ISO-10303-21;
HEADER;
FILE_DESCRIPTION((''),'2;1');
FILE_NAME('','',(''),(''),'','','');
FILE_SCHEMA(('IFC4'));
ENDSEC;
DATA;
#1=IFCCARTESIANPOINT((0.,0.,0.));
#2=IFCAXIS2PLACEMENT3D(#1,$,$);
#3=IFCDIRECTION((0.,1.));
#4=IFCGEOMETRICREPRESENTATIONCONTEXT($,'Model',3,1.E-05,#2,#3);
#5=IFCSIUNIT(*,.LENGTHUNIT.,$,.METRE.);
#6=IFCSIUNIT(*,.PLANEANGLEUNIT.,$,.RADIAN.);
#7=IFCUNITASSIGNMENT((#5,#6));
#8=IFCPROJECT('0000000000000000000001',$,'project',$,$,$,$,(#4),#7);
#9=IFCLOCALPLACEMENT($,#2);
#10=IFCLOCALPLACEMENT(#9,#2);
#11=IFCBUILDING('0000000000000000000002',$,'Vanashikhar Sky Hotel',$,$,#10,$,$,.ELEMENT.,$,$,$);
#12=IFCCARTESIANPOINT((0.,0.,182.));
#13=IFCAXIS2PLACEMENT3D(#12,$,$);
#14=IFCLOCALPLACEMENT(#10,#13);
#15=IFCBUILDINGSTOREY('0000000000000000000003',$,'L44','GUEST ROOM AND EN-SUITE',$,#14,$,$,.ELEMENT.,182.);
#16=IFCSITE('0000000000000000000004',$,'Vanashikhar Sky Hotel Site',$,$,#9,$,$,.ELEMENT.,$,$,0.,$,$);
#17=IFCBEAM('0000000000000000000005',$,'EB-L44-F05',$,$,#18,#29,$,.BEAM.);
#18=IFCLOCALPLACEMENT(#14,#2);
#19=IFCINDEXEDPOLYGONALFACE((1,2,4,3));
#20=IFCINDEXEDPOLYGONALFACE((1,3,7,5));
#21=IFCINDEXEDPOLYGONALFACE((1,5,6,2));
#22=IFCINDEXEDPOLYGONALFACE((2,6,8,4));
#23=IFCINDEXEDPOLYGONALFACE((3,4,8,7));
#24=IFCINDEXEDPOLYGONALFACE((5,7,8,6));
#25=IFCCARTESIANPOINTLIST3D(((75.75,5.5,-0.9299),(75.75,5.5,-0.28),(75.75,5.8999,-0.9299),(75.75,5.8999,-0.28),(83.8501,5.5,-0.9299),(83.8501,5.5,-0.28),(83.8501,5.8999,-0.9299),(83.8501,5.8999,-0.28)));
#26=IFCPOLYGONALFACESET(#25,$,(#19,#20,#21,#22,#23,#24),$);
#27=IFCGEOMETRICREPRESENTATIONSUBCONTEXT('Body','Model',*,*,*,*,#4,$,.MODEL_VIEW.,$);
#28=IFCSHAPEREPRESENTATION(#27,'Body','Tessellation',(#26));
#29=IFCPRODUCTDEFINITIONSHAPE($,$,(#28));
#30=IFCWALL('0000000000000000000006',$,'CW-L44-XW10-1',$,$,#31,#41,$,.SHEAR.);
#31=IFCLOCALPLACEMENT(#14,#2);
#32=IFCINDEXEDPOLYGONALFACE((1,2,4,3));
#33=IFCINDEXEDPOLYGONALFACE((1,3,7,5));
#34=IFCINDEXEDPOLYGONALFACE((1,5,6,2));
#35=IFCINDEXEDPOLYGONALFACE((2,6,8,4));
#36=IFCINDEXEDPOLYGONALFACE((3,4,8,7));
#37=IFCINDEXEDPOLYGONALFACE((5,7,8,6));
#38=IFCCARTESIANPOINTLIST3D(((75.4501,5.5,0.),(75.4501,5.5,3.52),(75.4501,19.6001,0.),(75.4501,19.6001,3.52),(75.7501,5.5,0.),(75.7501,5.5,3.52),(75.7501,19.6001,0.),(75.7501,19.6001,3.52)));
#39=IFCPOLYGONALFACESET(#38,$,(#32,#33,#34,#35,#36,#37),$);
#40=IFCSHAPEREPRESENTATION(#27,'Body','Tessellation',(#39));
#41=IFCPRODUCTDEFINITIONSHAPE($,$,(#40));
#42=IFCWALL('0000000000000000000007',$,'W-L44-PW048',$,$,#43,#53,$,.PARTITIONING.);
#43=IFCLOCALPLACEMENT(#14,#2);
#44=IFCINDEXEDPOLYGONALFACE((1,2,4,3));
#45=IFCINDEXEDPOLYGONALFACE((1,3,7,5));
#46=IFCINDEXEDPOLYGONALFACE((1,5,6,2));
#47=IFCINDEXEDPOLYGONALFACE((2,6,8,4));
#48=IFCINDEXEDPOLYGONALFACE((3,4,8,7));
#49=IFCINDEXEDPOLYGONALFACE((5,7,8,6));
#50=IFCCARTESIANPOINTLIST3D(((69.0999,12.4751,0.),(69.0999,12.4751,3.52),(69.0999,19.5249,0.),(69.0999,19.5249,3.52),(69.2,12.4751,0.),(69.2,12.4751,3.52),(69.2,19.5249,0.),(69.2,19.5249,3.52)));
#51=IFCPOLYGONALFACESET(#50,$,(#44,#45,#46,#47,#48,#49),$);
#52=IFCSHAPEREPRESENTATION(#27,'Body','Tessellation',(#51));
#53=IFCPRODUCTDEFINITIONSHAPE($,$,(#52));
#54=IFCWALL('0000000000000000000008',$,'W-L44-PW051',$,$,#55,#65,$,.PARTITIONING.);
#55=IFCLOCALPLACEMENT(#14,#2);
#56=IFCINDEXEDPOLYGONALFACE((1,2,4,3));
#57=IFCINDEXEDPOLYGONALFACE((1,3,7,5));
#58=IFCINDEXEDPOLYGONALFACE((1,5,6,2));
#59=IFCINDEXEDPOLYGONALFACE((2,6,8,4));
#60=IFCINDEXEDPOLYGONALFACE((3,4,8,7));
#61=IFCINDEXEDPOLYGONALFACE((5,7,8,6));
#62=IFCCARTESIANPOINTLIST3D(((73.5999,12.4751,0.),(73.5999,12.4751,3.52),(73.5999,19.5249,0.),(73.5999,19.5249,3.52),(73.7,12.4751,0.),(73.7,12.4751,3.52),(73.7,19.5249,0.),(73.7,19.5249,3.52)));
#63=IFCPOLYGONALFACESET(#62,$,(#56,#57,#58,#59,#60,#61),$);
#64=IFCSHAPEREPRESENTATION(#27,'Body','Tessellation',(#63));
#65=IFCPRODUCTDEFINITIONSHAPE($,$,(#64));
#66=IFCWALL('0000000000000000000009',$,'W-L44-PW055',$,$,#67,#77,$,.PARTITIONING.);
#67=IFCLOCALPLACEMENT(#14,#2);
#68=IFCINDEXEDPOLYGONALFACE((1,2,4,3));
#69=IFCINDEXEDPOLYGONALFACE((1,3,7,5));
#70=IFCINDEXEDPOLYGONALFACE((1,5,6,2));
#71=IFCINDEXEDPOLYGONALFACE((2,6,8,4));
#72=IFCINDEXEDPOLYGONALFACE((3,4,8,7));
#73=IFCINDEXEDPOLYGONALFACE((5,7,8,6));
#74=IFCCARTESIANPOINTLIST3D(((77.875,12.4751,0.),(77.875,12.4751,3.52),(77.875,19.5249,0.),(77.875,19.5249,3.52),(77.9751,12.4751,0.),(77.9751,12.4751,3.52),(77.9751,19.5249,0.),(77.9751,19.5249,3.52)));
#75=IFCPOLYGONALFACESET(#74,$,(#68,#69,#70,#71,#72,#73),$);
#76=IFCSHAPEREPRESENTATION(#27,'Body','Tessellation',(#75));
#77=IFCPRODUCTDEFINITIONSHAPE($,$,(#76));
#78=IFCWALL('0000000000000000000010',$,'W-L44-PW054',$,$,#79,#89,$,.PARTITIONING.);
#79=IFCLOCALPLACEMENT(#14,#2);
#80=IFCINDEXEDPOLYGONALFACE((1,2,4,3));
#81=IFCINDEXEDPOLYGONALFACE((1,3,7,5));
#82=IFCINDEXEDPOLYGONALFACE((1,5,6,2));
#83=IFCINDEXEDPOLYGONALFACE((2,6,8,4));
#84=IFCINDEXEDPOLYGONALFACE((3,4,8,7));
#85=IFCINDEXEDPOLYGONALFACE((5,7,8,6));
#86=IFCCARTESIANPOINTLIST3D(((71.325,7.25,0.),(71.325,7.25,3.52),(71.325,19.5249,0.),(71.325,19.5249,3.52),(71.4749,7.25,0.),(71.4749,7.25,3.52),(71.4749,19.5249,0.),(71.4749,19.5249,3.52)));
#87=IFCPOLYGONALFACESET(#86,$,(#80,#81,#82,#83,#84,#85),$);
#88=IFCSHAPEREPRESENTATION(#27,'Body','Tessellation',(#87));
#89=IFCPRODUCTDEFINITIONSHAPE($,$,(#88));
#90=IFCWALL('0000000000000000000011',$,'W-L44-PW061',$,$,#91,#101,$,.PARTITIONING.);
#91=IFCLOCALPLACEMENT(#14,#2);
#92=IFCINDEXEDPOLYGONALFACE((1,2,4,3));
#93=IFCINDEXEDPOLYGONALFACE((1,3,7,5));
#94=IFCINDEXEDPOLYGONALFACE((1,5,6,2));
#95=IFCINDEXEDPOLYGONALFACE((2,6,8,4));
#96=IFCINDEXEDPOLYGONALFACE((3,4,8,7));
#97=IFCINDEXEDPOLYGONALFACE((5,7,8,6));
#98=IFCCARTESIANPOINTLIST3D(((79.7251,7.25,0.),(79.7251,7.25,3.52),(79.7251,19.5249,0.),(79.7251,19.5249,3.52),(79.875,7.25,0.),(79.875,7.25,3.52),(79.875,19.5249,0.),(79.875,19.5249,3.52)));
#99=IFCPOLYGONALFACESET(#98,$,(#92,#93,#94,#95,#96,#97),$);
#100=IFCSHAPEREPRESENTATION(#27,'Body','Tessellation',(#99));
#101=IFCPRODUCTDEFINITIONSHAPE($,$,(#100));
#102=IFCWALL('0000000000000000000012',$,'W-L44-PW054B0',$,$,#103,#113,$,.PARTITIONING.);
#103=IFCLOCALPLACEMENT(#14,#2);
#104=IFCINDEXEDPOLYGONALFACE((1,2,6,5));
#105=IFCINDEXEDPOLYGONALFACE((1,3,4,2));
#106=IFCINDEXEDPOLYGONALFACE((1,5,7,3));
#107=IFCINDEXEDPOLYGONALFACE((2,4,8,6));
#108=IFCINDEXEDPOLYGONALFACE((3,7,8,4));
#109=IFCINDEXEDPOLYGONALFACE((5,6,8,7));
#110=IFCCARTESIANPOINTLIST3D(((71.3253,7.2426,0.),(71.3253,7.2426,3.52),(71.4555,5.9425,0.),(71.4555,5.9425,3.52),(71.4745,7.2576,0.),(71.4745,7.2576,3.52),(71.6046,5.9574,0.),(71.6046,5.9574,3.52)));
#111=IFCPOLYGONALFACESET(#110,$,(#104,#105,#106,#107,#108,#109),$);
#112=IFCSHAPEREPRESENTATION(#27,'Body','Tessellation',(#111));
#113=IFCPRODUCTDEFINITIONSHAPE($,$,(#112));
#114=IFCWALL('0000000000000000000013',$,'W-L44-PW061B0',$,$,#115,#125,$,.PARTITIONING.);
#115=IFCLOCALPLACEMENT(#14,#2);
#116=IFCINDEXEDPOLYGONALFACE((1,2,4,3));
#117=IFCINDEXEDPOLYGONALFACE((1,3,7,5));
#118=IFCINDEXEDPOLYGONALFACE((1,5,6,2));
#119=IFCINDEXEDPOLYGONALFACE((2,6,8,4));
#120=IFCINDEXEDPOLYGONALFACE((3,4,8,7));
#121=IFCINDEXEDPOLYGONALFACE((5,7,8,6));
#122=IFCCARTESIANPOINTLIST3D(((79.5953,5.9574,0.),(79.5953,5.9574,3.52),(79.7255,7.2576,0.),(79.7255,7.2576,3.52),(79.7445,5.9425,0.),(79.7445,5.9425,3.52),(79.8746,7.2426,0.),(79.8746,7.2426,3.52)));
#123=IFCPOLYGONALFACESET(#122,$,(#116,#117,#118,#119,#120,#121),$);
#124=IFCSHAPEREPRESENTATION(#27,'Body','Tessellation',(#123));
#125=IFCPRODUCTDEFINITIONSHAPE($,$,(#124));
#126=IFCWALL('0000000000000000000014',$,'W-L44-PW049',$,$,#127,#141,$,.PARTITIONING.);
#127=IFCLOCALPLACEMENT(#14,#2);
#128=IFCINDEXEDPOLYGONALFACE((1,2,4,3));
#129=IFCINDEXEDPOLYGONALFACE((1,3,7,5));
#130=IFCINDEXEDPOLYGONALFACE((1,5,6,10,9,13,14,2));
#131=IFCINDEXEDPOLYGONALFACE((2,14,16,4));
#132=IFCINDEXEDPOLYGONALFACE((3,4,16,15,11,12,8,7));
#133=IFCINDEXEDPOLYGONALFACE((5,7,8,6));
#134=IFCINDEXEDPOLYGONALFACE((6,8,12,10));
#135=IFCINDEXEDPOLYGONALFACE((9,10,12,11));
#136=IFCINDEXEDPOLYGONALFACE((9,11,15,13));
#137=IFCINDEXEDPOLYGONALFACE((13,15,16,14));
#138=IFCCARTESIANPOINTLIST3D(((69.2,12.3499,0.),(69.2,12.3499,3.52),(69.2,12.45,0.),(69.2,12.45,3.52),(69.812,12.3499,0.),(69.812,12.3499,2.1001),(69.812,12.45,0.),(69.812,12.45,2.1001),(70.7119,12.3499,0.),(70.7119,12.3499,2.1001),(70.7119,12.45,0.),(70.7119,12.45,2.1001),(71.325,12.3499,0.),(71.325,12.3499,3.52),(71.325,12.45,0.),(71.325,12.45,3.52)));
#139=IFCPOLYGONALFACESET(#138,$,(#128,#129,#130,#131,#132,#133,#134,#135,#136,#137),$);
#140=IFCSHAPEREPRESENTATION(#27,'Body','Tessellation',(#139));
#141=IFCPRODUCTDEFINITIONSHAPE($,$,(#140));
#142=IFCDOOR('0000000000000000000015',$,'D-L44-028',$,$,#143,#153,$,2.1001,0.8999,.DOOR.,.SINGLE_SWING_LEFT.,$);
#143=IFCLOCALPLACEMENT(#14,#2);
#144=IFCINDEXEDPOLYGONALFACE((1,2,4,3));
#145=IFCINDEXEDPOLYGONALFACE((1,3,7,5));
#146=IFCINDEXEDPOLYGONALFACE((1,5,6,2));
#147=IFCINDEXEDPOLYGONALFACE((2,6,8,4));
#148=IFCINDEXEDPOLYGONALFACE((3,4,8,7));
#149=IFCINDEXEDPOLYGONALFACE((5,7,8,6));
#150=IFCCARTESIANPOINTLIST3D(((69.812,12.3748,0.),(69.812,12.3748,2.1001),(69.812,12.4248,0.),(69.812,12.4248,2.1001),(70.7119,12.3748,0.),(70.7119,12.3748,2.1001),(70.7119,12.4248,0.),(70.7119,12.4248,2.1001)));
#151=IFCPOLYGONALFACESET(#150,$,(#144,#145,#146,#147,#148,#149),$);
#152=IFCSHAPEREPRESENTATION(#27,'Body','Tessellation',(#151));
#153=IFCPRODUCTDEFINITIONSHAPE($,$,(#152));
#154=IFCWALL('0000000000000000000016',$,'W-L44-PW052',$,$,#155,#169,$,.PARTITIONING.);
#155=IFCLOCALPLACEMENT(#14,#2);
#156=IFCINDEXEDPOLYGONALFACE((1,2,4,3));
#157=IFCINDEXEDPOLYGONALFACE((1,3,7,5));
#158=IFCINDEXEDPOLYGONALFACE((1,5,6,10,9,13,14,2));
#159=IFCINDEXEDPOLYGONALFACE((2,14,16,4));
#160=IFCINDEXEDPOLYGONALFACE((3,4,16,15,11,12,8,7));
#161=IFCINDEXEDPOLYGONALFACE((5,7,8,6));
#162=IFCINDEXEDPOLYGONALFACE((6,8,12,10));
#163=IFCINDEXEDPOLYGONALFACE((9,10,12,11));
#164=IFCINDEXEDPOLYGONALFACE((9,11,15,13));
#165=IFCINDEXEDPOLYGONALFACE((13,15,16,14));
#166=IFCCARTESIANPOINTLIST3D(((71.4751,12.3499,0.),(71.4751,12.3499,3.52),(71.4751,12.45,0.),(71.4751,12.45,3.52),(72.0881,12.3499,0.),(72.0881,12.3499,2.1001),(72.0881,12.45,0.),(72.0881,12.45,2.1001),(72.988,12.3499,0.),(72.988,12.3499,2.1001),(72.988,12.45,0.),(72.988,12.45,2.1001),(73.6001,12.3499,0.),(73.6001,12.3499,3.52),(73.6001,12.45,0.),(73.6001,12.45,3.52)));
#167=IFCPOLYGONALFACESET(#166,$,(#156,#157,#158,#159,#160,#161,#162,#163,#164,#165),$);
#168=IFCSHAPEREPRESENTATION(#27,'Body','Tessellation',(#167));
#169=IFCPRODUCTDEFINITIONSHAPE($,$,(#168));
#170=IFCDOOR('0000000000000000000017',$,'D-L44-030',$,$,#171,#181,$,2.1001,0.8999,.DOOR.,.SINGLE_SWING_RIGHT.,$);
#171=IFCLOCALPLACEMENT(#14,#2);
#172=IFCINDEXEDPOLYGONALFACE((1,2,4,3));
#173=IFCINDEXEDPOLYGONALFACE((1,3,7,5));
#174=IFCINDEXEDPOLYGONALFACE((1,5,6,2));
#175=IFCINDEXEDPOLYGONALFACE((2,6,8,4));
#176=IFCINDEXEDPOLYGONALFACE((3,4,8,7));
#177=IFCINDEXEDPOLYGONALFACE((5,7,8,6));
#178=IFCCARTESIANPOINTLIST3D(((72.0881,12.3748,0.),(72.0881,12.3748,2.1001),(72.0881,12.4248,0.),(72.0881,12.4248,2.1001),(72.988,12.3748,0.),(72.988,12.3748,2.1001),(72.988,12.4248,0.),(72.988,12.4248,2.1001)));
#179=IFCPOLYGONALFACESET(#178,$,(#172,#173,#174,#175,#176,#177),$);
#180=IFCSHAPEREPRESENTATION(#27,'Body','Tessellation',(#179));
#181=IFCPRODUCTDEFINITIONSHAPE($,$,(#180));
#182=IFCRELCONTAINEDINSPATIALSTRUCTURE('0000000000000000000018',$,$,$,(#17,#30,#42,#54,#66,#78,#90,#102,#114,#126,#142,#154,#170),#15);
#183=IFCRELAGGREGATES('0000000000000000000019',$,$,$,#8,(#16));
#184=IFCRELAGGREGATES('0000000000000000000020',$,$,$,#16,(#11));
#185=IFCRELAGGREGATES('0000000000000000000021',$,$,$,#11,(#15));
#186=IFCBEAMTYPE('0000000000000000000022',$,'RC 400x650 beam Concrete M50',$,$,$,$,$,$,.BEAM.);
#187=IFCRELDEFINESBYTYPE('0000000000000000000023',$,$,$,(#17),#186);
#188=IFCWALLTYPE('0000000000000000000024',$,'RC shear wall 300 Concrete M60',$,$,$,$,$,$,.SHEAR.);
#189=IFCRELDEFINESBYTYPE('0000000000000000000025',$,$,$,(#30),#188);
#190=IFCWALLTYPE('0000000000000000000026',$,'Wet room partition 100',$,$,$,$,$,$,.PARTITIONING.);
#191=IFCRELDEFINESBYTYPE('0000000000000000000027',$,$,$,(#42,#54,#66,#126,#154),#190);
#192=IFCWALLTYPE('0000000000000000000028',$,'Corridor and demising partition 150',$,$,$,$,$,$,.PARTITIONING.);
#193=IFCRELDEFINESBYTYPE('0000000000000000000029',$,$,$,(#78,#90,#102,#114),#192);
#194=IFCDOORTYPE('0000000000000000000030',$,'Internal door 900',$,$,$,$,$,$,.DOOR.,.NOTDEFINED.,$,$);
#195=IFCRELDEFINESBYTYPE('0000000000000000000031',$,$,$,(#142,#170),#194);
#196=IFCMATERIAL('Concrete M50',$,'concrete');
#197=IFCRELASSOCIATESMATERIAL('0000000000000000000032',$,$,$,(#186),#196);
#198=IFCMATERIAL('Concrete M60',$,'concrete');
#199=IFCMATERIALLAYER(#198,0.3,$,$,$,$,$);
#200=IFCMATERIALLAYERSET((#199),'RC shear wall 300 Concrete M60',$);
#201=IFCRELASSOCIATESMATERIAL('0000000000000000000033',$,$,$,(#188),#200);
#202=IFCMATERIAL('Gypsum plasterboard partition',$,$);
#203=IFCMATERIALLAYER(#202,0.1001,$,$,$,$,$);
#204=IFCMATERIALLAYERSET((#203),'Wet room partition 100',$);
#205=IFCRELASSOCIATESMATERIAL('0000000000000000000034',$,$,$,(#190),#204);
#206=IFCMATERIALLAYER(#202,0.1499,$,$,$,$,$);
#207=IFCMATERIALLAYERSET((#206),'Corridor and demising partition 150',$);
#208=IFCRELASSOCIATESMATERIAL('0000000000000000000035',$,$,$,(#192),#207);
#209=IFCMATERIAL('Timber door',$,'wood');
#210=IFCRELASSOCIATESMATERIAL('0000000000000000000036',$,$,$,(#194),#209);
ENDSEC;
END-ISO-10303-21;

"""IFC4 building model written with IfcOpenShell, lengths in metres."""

from ifc_helpers import new_model, si_unit, direction, frame, frame_2d, origin, origin_2d, place, context, subcontext, project, spatial, rectangle, extrude, source, transform, mapped, material, layer, layer_set, material_profile, profile_set, type_object, element, fill, save


model = new_model("IFC4")

# Units and contexts
model_context = context("Model", 3, precision=1e-05, world=origin(), true_north=direction((0.0, 1.0)))
body_context = subcontext(model_context, "Body", "Model", "MODEL_VIEW")
ifc_project = project(units=[si_unit("LENGTHUNIT", "METRE"), si_unit("PLANEANGLEUNIT", "RADIAN")], contexts=[model_context])

# Site, building, storey
site_placement = place(None, origin())
site = spatial("IfcSite", under=ifc_project, at=site_placement, Name="Vanashikhar Sky Hotel Site", CompositionType="ELEMENT", RefElevation=0.0)
building_placement = place(site_placement, origin())
building = spatial("IfcBuilding", under=site, at=building_placement, Name="Vanashikhar Sky Hotel", CompositionType="ELEMENT")
storey_placement = place(building_placement, frame((0.0, 0.0, 182.0)))
storey = spatial("IfcBuildingStorey", under=building, at=storey_placement, Name="L44", Description="GUEST ROOM AND EN-SUITE", CompositionType="ELEMENT", Elevation=182.0)

# Beam
ifc_material_1 = material(Name="Concrete M50", Category="concrete")
ifc_material_profile = material_profile(ifc_material_1, rectangle(XDim=0.3999, YDim=0.6499, at=origin_2d()))
ifc_profile_set = profile_set([ifc_material_profile], Name="RC 400x650 beam Concrete M50")
beam_type = type_object("IfcBeamType", Name="RC 400x650 beam Concrete M50", PredefinedType="BEAM", material=ifc_profile_set)
shared_shape_1 = source(origin(), body_context, "Body", "SweptSolid", [
    extrude(rectangle(XDim=0.3999, YDim=0.6499, at=origin_2d()), origin(), (0.0, 0.0, 1.0), 8.1001),
])
beam_placement = place(storey_placement, frame((75.75, 5.7, -0.605), z_axis=(1.0, 0.0, 0.0), x_axis=(0.0, 1.0, 0.0)))
element("IfcBeam", 1, at=beam_placement, inside=storey, type_object=beam_type, Name="EB-L44-F05", PredefinedType="BEAM", context=body_context, shape_type="MappedRepresentation", body=[
    mapped(shared_shape_1, transform((0.0, 0.0, 0.0), scale=1.0)),
])

# Wall
ifc_material_2 = material(Name="Concrete M60", Category="concrete")
ifc_layer_1 = layer(ifc_material_2, 0.3)
ifc_layer_set_1 = layer_set([ifc_layer_1], Name="RC shear wall 300 Concrete M60")
wall_type_1 = type_object("IfcWallType", Name="RC shear wall 300 Concrete M60", PredefinedType="SHEAR", material=ifc_layer_set_1)
shared_shape_2 = source(origin(), body_context, "Body", "SweptSolid", [
    extrude(rectangle(XDim=14.1001, YDim=0.3, at=frame_2d((7.05, 0.0))), origin(), (0.0, 0.0, 1.0), 3.52),
])
wall_1_placement = place(storey_placement, frame((75.6001, 5.5, 0.0), z_axis=(0.0, 0.0, 1.0), x_axis=(0.0, 1.0, 0.0)))
element("IfcWall", 2, at=wall_1_placement, inside=storey, type_object=wall_type_1, Name="CW-L44-XW10-1", PredefinedType="SHEAR", context=body_context, shape_type="MappedRepresentation", body=[
    mapped(shared_shape_2, transform((0.0, 0.0, 0.0), scale=1.0)),
])

# Walls
ifc_material_3 = material(Name="Gypsum plasterboard partition")
ifc_layer_2 = layer(ifc_material_3, 0.1001)
ifc_layer_set_2 = layer_set([ifc_layer_2], Name="Wet room partition 100")
wall_type_2 = type_object("IfcWallType", Name="Wet room partition 100", PredefinedType="PARTITIONING", material=ifc_layer_set_2)
shared_shape_3 = source(origin(), body_context, "Body", "SweptSolid", [
    extrude(rectangle(XDim=7.0498, YDim=0.1001, at=frame_2d((3.5249, 0.0))), origin(), (0.0, 0.0, 1.0), 3.52),
])
for number, where, z_axis, x_axis, name in (
    (3, (69.1499, 12.4751, 0.0), (0.0, 0.0, 1.0), (0.0, 1.0, 0.0), "W-L44-PW048"),
    (4, (73.6499, 12.4751, 0.0), (0.0, 0.0, 1.0), (0.0, 1.0, 0.0), "W-L44-PW051"),
    (5, (77.925, 12.4751, 0.0), (0.0, 0.0, 1.0), (0.0, 1.0, 0.0), "W-L44-PW055"),
):
    element("IfcWall", number, at=place(storey_placement, frame(where, z_axis=z_axis, x_axis=x_axis)), inside=storey, type_object=wall_type_2, Name=name, PredefinedType="PARTITIONING", context=body_context, shape_type="MappedRepresentation", body=[
        mapped(shared_shape_3, transform((0.0, 0.0, 0.0), scale=1.0)),
    ])
ifc_layer_3 = layer(ifc_material_3, 0.1499)
ifc_layer_set_3 = layer_set([ifc_layer_3], Name="Corridor and demising partition 150")
wall_type_3 = type_object("IfcWallType", Name="Corridor and demising partition 150", PredefinedType="PARTITIONING", material=ifc_layer_set_3)
shared_shape_4 = source(origin(), body_context, "Body", "SweptSolid", [
    extrude(rectangle(XDim=12.2749, YDim=0.1499, at=frame_2d((6.1375, 0.0))), origin(), (0.0, 0.0, 1.0), 3.52),
])
for number, where, z_axis, x_axis, name in (
    (6, (71.3999, 7.25, 0.0), (0.0, 0.0, 1.0), (0.0, 1.0, 0.0), "W-L44-PW054"),
    (7, (79.8, 7.25, 0.0), (0.0, 0.0, 1.0), (0.0, 1.0, 0.0), "W-L44-PW061"),
):
    element("IfcWall", number, at=place(storey_placement, frame(where, z_axis=z_axis, x_axis=x_axis)), inside=storey, type_object=wall_type_3, Name=name, PredefinedType="PARTITIONING", context=body_context, shape_type="MappedRepresentation", body=[
        mapped(shared_shape_4, transform((0.0, 0.0, 0.0), scale=1.0)),
    ])
shared_shape_5 = source(origin(), body_context, "Body", "SweptSolid", [
    extrude(rectangle(XDim=1.3066, YDim=0.1499, at=frame_2d((0.6533, 0.0))), origin(), (0.0, 0.0, 1.0), 3.52),
])
for number, where, z_axis, x_axis, name in (
    (8, (71.53, 5.95, 0.0), (0.0, 0.0, 1.0), (-0.099596, 0.995028, 0.0), "W-L44-PW054B0"),
    (9, (79.6699, 5.95, 0.0), (0.0, 0.0, 1.0), (0.099596, 0.995028, 0.0), "W-L44-PW061B0"),
):
    element("IfcWall", number, at=place(storey_placement, frame(where, z_axis=z_axis, x_axis=x_axis)), inside=storey, type_object=wall_type_3, Name=name, PredefinedType="PARTITIONING", context=body_context, shape_type="MappedRepresentation", body=[
        mapped(shared_shape_5, transform((0.0, 0.0, 0.0), scale=1.0)),
    ])

# Walls, openings, doors
shared_shape_6 = source(origin(), body_context, "Body", "SweptSolid", [
    extrude(rectangle(XDim=2.125, YDim=0.1001, at=frame_2d((1.0625, 0.0))), origin(), (0.0, 0.0, 1.0), 3.52),
])
wall_2_placement = place(storey_placement, frame((69.2, 12.3999, 0.0), z_axis=(0.0, 0.0, 1.0), x_axis=(1.0, 0.0, 0.0)))
wall_2 = element("IfcWall", 10, at=wall_2_placement, inside=storey, type_object=wall_type_2, Name="W-L44-PW049", PredefinedType="PARTITIONING", context=body_context, shape_type="MappedRepresentation", body=[
    mapped(shared_shape_6, transform((0.0, 0.0, 0.0), scale=1.0)),
])
shared_shape_7 = source(origin(), body_context, "Body", "SweptSolid", [
    extrude(rectangle(XDim=0.8999, YDim=2.1001, at=frame_2d((0.45, 1.05))), frame((0.0, 0.0601, 0.0), z_axis=(0.0, -1.0, 0.0), x_axis=(1.0, 0.0, 0.0)), (0.0, 0.0, 1.0), 0.1201),
])
opening_1_placement = place(wall_2_placement, frame((0.6121, 0.0, 0.0)))
opening_1 = element("IfcOpeningElement", 11, at=opening_1_placement, cuts=wall_2, PredefinedType="OPENING", context=body_context, shape_type="MappedRepresentation", body=[
    mapped(shared_shape_7, transform((0.0, 0.0, 0.0), scale=1.0)),
])
ifc_material_4 = material(Name="Timber door", Category="wood")
door_type_1 = type_object("IfcDoorType", Name="Internal door 900", OperationType="NOTDEFINED", PredefinedType="DOOR", material=ifc_material_4)
shared_shape_8 = source(origin(), body_context, "Body", "SweptSolid", [
    extrude(rectangle(XDim=0.8999, YDim=2.1001, at=frame_2d((0.45, 1.05))), frame((0.0, 0.0249, 0.0), z_axis=(0.0, -1.0, 0.0), x_axis=(1.0, 0.0, 0.0)), (0.0, 0.0, 1.0), 0.05),
])
door_1_placement = place(opening_1_placement, origin())
door_1 = element("IfcDoor", 12, at=door_1_placement, inside=storey, type_object=door_type_1, Name="D-L44-028", OperationType="SINGLE_SWING_LEFT", OverallHeight=2.1001, OverallWidth=0.8999, PredefinedType="DOOR", context=body_context, shape_type="MappedRepresentation", body=[
    mapped(shared_shape_8, transform((0.0, 0.0, 0.0), scale=1.0)),
])
fill(opening_1, door_1)
wall_3_placement = place(storey_placement, frame((71.4751, 12.3999, 0.0), z_axis=(0.0, 0.0, 1.0), x_axis=(1.0, 0.0, 0.0)))
wall_3 = element("IfcWall", 13, at=wall_3_placement, inside=storey, type_object=wall_type_2, Name="W-L44-PW052", PredefinedType="PARTITIONING", context=body_context, shape_type="MappedRepresentation", body=[
    mapped(shared_shape_6, transform((0.0, 0.0, 0.0), scale=1.0)),
])
opening_2_placement = place(wall_3_placement, frame((0.613, 0.0, 0.0)))
opening_2 = element("IfcOpeningElement", 14, at=opening_2_placement, cuts=wall_3, PredefinedType="OPENING", context=body_context, shape_type="MappedRepresentation", body=[
    mapped(shared_shape_7, transform((0.0, 0.0, 0.0), scale=1.0)),
])
door_2_placement = place(opening_2_placement, origin())
door_2 = element("IfcDoor", 15, at=door_2_placement, inside=storey, type_object=door_type_1, Name="D-L44-030", OperationType="SINGLE_SWING_RIGHT", OverallHeight=2.1001, OverallWidth=0.8999, PredefinedType="DOOR", context=body_context, shape_type="MappedRepresentation", body=[
    mapped(shared_shape_8, transform((0.0, 0.0, 0.0), scale=1.0)),
])
fill(opening_2, door_2)

save(model, "model.ifc")
